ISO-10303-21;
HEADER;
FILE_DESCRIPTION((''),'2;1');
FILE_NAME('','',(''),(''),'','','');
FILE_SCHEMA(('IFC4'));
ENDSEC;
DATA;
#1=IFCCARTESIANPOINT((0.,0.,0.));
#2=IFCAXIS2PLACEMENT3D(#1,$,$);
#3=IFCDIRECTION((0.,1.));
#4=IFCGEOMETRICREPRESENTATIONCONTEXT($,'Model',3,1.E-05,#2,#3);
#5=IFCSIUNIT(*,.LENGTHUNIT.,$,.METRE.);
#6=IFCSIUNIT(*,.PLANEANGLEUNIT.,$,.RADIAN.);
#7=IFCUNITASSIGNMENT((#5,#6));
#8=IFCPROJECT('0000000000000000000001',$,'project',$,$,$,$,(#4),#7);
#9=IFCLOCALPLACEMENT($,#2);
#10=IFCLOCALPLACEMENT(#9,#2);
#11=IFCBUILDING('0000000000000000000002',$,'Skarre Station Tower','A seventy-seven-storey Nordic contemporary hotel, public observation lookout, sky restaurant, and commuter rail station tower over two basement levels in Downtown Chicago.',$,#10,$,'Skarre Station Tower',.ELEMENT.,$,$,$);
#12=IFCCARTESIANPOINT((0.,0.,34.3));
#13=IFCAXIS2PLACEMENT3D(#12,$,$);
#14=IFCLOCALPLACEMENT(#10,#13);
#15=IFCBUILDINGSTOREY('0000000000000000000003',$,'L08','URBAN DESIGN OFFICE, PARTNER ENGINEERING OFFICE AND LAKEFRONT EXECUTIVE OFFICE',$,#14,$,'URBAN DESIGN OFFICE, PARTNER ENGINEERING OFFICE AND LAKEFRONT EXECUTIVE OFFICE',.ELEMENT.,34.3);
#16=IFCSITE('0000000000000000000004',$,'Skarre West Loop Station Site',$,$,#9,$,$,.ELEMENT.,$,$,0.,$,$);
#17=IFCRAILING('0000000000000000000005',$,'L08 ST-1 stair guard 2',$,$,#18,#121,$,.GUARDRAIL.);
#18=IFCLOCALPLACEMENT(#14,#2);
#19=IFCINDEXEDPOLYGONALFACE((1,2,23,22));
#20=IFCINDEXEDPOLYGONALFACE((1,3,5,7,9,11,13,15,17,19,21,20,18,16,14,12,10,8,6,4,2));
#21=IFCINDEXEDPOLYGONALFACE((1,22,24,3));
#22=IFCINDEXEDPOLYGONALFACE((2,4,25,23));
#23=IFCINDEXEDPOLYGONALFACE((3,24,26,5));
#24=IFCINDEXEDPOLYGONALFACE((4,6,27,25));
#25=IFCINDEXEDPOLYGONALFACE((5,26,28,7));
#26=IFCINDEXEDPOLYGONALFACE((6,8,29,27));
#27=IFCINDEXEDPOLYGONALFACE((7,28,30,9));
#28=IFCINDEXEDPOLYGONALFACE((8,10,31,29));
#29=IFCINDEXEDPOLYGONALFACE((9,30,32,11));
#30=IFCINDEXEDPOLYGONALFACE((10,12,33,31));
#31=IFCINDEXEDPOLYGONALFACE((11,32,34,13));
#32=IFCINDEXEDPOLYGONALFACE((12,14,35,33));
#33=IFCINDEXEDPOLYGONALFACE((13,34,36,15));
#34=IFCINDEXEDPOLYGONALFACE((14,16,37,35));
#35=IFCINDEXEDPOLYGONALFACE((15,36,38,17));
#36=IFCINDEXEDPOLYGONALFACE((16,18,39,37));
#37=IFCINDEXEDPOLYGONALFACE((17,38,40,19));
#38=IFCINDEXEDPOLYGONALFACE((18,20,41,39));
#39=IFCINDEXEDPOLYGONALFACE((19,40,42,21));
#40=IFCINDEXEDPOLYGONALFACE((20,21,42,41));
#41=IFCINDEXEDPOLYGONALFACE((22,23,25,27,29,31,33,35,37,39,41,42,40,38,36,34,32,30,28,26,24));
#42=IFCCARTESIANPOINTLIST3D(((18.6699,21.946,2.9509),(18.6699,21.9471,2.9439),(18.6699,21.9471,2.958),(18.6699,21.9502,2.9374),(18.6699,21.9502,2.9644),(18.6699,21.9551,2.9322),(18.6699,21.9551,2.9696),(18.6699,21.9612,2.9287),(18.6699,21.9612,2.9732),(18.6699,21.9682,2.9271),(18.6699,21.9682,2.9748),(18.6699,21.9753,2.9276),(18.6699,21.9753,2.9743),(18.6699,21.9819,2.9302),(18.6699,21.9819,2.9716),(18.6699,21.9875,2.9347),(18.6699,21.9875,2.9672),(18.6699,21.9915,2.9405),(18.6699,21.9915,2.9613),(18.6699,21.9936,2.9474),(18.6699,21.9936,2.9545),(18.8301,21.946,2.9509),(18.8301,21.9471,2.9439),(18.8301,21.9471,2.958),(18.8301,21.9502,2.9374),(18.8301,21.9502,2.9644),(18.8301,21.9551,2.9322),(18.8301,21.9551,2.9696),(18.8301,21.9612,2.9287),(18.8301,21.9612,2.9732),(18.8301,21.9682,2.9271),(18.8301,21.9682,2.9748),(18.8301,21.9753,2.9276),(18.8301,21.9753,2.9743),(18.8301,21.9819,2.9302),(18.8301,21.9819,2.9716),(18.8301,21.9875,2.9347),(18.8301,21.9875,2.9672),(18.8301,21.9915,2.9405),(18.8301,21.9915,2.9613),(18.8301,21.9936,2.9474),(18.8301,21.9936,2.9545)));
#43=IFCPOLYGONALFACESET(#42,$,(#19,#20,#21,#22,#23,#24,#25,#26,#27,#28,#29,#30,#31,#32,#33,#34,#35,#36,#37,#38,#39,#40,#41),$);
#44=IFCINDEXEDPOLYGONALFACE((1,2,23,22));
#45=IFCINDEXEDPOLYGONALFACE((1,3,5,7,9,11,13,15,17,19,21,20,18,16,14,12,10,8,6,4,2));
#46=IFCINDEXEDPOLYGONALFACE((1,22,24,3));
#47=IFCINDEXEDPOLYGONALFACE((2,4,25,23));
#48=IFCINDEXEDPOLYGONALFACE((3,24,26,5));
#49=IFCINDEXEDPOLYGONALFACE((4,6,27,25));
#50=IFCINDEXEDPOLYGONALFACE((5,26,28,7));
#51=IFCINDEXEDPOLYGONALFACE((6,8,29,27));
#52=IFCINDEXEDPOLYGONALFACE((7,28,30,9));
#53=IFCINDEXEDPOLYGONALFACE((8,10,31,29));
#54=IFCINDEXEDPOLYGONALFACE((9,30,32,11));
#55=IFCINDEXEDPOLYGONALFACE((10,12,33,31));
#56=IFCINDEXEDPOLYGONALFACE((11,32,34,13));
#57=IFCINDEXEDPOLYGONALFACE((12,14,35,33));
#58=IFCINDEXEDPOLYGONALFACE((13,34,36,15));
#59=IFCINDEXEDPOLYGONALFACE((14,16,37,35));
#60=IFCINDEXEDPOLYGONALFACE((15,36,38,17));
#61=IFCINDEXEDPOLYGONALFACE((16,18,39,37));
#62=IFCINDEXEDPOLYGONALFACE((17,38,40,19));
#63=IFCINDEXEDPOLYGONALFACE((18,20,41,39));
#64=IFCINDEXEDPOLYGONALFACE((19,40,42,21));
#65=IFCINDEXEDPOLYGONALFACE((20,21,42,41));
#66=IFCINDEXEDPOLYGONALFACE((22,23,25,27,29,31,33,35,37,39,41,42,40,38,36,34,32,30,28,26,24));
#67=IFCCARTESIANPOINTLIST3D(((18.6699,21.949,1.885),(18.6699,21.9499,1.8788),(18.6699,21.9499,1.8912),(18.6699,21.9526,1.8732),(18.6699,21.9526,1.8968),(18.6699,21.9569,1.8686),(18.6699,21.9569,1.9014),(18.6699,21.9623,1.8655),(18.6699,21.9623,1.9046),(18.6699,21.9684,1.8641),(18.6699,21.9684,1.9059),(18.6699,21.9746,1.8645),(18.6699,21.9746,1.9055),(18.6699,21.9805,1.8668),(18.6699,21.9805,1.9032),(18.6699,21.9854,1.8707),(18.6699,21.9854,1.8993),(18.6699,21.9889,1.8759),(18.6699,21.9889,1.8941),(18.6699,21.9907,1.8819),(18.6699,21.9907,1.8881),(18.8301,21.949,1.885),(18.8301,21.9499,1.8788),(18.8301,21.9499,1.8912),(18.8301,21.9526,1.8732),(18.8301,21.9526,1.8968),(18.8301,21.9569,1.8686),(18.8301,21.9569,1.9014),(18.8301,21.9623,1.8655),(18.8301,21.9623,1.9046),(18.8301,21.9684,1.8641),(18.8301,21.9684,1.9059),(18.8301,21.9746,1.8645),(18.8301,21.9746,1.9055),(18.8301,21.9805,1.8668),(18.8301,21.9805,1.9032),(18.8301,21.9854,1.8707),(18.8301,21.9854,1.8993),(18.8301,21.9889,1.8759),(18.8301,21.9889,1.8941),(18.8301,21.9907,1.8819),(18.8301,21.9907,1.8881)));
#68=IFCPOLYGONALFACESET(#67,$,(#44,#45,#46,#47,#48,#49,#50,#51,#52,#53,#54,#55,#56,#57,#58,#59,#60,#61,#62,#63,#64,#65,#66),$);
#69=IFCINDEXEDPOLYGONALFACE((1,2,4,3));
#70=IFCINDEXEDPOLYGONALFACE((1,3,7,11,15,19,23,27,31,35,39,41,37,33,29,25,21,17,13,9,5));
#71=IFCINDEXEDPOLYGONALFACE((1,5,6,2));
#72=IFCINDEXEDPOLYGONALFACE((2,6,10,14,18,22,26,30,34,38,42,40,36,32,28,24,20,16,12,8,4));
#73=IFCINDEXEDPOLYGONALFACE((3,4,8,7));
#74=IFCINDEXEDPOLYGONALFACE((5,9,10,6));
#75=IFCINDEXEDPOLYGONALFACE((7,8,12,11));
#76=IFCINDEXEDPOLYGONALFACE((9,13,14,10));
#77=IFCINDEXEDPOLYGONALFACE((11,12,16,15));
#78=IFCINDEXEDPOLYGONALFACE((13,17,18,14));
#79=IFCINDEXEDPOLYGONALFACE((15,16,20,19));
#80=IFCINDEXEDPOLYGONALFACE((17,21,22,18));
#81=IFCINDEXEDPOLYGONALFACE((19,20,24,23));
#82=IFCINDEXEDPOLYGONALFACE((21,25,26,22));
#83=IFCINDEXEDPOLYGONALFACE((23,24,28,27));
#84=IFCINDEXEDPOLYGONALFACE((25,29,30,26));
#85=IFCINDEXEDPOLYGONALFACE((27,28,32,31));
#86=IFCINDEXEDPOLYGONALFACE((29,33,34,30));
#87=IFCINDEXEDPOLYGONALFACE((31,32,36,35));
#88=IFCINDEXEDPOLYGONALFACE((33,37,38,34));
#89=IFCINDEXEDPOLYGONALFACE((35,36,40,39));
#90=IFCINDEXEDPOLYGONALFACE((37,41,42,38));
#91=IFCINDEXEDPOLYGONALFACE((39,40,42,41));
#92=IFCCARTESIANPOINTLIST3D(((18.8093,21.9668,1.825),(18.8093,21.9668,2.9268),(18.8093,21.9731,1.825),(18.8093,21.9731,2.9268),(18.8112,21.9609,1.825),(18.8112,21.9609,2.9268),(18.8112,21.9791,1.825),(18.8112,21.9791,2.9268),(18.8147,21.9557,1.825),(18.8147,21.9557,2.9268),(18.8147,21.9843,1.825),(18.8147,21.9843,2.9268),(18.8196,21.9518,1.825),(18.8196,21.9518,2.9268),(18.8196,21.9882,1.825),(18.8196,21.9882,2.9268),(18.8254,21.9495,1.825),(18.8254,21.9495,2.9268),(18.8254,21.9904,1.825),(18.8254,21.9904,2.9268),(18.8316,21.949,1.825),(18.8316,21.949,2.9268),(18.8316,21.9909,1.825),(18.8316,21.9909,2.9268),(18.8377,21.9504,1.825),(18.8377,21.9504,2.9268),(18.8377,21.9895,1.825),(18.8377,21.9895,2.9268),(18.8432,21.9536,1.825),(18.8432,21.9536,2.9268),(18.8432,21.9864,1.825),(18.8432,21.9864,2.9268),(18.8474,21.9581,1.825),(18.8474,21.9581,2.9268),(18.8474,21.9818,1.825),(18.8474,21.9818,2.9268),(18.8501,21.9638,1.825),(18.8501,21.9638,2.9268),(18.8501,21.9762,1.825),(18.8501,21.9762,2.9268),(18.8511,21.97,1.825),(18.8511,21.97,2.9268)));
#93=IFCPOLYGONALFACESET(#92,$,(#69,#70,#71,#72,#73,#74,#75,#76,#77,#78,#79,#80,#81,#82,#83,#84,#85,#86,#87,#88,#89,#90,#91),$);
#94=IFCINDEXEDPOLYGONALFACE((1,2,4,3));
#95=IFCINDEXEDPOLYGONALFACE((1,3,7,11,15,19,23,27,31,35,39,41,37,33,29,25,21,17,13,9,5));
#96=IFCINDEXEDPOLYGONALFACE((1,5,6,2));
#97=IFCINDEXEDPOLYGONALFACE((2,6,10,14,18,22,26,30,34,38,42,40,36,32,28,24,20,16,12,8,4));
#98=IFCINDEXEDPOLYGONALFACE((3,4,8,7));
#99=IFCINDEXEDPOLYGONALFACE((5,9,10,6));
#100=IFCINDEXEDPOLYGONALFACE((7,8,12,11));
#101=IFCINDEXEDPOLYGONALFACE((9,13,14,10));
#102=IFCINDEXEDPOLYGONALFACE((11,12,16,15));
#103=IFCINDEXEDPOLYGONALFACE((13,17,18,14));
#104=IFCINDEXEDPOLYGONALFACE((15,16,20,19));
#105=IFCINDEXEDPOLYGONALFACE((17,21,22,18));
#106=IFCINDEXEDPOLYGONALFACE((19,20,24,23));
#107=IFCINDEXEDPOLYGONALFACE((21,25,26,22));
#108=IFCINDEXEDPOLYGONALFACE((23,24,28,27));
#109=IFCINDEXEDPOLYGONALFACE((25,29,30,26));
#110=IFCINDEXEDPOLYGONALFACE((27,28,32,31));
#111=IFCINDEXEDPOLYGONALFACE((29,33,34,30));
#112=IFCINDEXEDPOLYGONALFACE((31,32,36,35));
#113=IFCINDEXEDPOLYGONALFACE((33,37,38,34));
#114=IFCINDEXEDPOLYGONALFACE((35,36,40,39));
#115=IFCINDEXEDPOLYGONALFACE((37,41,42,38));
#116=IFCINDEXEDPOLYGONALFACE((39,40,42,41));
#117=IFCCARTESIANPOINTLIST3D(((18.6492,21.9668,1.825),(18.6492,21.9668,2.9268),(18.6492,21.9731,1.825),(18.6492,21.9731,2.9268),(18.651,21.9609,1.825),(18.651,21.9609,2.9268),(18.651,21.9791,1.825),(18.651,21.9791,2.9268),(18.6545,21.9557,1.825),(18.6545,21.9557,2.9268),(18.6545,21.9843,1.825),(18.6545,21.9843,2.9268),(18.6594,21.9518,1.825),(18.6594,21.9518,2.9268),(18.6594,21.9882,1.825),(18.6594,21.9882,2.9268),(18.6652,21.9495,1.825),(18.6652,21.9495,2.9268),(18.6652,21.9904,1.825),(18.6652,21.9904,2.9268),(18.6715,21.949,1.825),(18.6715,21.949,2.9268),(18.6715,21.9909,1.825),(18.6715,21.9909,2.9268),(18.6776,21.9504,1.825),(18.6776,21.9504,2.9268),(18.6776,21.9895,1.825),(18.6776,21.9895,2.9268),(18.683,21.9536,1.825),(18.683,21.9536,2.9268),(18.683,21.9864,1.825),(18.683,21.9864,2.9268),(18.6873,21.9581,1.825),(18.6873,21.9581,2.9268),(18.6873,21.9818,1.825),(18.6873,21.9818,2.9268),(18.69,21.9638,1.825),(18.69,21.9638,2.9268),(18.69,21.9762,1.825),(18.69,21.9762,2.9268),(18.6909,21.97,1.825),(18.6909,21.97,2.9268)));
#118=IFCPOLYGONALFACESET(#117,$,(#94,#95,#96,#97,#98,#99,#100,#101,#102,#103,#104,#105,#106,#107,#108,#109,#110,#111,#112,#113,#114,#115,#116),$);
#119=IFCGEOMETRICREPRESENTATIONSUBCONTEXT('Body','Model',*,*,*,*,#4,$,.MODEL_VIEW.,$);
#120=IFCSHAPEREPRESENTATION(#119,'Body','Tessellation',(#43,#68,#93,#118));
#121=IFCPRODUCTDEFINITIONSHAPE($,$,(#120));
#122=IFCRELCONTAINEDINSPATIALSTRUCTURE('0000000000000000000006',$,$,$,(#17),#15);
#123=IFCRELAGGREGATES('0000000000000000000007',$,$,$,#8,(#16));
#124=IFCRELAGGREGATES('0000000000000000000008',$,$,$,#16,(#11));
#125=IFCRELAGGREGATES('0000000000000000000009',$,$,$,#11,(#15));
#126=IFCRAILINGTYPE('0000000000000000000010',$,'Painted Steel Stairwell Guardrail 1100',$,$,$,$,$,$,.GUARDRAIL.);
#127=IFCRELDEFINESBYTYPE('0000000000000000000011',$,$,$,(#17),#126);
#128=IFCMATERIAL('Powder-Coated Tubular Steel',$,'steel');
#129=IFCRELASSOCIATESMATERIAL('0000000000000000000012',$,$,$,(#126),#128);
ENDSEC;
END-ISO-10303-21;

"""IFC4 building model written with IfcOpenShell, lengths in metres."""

from ifc_helpers import new_model, si_unit, direction, frame, origin, origin_2d, place, context, subcontext, project, spatial, circle, extrude, material, type_object, element, save


model = new_model("IFC4")

# Units and contexts
model_context = context("Model", 3, precision=1e-05, world=origin(), true_north=direction((0.0, 1.0)))
body_context = subcontext(model_context, "Body", "Model", "MODEL_VIEW")
ifc_project = project(units=[si_unit("LENGTHUNIT", "METRE"), si_unit("PLANEANGLEUNIT", "RADIAN")], contexts=[model_context])

# Site, building, storey
site_placement = place(None, origin())
site = spatial("IfcSite", under=ifc_project, at=site_placement, Name="Skarre West Loop Station Site", CompositionType="ELEMENT", RefElevation=0.0)
building_placement = place(site_placement, origin())
building = spatial("IfcBuilding", under=site, at=building_placement, Name="Skarre Station Tower", Description="A seventy-seven-storey Nordic contemporary hotel, public observation lookout, sky restaurant, and commuter rail station tower over two basement levels in Downtown Chicago.", LongName="Skarre Station Tower", CompositionType="ELEMENT")
storey_placement = place(building_placement, frame((0.0, 0.0, 34.3)))
storey = spatial("IfcBuildingStorey", under=building, at=storey_placement, Name="L08", Description="URBAN DESIGN OFFICE, PARTNER ENGINEERING OFFICE AND LAKEFRONT EXECUTIVE OFFICE", LongName="URBAN DESIGN OFFICE, PARTNER ENGINEERING OFFICE AND LAKEFRONT EXECUTIVE OFFICE", CompositionType="ELEMENT", Elevation=34.3)

# Railing
ifc_material_1 = material(Name="Powder-Coated Tubular Steel", Category="steel")
railing_type_1 = type_object("IfcRailingType", Name="Painted Steel Stairwell Guardrail 1100", PredefinedType="GUARDRAIL", material=ifc_material_1)
railing_1_placement = place(storey_placement, frame((18.8301, 21.97, 1.825)))
element("IfcRailing", 1, at=railing_1_placement, inside=storey, type_object=railing_type_1, Name="L08 ST-1 stair guard 2", PredefinedType="GUARDRAIL", context=body_context, shape_type="SweptSolid", body=[
    extrude(circle(Radius=0.0239, at=origin_2d()), frame((0.0, 0.0, 1.126), z_axis=(-1.0, 0.0, 0.0), x_axis=(0.0, -1.0, 0.0)), (0.0, 0.0, 1.0), 0.1602),
    extrude(circle(Radius=0.021, at=origin_2d()), frame((0.0, 0.0, 0.0601), z_axis=(-1.0, 0.0, 0.0), x_axis=(0.0, -1.0, 0.0)), (0.0, 0.0, 1.0), 0.1602),
    extrude(circle(Radius=0.021, at=origin_2d()), origin(), (0.0, 0.0, 1.0), 1.1018),
    extrude(circle(Radius=0.021, at=origin_2d()), frame((-0.1602, 0.0, 0.0)), (0.0, 0.0, 1.0), 1.1018),
])

save(model, "model.ifc")
